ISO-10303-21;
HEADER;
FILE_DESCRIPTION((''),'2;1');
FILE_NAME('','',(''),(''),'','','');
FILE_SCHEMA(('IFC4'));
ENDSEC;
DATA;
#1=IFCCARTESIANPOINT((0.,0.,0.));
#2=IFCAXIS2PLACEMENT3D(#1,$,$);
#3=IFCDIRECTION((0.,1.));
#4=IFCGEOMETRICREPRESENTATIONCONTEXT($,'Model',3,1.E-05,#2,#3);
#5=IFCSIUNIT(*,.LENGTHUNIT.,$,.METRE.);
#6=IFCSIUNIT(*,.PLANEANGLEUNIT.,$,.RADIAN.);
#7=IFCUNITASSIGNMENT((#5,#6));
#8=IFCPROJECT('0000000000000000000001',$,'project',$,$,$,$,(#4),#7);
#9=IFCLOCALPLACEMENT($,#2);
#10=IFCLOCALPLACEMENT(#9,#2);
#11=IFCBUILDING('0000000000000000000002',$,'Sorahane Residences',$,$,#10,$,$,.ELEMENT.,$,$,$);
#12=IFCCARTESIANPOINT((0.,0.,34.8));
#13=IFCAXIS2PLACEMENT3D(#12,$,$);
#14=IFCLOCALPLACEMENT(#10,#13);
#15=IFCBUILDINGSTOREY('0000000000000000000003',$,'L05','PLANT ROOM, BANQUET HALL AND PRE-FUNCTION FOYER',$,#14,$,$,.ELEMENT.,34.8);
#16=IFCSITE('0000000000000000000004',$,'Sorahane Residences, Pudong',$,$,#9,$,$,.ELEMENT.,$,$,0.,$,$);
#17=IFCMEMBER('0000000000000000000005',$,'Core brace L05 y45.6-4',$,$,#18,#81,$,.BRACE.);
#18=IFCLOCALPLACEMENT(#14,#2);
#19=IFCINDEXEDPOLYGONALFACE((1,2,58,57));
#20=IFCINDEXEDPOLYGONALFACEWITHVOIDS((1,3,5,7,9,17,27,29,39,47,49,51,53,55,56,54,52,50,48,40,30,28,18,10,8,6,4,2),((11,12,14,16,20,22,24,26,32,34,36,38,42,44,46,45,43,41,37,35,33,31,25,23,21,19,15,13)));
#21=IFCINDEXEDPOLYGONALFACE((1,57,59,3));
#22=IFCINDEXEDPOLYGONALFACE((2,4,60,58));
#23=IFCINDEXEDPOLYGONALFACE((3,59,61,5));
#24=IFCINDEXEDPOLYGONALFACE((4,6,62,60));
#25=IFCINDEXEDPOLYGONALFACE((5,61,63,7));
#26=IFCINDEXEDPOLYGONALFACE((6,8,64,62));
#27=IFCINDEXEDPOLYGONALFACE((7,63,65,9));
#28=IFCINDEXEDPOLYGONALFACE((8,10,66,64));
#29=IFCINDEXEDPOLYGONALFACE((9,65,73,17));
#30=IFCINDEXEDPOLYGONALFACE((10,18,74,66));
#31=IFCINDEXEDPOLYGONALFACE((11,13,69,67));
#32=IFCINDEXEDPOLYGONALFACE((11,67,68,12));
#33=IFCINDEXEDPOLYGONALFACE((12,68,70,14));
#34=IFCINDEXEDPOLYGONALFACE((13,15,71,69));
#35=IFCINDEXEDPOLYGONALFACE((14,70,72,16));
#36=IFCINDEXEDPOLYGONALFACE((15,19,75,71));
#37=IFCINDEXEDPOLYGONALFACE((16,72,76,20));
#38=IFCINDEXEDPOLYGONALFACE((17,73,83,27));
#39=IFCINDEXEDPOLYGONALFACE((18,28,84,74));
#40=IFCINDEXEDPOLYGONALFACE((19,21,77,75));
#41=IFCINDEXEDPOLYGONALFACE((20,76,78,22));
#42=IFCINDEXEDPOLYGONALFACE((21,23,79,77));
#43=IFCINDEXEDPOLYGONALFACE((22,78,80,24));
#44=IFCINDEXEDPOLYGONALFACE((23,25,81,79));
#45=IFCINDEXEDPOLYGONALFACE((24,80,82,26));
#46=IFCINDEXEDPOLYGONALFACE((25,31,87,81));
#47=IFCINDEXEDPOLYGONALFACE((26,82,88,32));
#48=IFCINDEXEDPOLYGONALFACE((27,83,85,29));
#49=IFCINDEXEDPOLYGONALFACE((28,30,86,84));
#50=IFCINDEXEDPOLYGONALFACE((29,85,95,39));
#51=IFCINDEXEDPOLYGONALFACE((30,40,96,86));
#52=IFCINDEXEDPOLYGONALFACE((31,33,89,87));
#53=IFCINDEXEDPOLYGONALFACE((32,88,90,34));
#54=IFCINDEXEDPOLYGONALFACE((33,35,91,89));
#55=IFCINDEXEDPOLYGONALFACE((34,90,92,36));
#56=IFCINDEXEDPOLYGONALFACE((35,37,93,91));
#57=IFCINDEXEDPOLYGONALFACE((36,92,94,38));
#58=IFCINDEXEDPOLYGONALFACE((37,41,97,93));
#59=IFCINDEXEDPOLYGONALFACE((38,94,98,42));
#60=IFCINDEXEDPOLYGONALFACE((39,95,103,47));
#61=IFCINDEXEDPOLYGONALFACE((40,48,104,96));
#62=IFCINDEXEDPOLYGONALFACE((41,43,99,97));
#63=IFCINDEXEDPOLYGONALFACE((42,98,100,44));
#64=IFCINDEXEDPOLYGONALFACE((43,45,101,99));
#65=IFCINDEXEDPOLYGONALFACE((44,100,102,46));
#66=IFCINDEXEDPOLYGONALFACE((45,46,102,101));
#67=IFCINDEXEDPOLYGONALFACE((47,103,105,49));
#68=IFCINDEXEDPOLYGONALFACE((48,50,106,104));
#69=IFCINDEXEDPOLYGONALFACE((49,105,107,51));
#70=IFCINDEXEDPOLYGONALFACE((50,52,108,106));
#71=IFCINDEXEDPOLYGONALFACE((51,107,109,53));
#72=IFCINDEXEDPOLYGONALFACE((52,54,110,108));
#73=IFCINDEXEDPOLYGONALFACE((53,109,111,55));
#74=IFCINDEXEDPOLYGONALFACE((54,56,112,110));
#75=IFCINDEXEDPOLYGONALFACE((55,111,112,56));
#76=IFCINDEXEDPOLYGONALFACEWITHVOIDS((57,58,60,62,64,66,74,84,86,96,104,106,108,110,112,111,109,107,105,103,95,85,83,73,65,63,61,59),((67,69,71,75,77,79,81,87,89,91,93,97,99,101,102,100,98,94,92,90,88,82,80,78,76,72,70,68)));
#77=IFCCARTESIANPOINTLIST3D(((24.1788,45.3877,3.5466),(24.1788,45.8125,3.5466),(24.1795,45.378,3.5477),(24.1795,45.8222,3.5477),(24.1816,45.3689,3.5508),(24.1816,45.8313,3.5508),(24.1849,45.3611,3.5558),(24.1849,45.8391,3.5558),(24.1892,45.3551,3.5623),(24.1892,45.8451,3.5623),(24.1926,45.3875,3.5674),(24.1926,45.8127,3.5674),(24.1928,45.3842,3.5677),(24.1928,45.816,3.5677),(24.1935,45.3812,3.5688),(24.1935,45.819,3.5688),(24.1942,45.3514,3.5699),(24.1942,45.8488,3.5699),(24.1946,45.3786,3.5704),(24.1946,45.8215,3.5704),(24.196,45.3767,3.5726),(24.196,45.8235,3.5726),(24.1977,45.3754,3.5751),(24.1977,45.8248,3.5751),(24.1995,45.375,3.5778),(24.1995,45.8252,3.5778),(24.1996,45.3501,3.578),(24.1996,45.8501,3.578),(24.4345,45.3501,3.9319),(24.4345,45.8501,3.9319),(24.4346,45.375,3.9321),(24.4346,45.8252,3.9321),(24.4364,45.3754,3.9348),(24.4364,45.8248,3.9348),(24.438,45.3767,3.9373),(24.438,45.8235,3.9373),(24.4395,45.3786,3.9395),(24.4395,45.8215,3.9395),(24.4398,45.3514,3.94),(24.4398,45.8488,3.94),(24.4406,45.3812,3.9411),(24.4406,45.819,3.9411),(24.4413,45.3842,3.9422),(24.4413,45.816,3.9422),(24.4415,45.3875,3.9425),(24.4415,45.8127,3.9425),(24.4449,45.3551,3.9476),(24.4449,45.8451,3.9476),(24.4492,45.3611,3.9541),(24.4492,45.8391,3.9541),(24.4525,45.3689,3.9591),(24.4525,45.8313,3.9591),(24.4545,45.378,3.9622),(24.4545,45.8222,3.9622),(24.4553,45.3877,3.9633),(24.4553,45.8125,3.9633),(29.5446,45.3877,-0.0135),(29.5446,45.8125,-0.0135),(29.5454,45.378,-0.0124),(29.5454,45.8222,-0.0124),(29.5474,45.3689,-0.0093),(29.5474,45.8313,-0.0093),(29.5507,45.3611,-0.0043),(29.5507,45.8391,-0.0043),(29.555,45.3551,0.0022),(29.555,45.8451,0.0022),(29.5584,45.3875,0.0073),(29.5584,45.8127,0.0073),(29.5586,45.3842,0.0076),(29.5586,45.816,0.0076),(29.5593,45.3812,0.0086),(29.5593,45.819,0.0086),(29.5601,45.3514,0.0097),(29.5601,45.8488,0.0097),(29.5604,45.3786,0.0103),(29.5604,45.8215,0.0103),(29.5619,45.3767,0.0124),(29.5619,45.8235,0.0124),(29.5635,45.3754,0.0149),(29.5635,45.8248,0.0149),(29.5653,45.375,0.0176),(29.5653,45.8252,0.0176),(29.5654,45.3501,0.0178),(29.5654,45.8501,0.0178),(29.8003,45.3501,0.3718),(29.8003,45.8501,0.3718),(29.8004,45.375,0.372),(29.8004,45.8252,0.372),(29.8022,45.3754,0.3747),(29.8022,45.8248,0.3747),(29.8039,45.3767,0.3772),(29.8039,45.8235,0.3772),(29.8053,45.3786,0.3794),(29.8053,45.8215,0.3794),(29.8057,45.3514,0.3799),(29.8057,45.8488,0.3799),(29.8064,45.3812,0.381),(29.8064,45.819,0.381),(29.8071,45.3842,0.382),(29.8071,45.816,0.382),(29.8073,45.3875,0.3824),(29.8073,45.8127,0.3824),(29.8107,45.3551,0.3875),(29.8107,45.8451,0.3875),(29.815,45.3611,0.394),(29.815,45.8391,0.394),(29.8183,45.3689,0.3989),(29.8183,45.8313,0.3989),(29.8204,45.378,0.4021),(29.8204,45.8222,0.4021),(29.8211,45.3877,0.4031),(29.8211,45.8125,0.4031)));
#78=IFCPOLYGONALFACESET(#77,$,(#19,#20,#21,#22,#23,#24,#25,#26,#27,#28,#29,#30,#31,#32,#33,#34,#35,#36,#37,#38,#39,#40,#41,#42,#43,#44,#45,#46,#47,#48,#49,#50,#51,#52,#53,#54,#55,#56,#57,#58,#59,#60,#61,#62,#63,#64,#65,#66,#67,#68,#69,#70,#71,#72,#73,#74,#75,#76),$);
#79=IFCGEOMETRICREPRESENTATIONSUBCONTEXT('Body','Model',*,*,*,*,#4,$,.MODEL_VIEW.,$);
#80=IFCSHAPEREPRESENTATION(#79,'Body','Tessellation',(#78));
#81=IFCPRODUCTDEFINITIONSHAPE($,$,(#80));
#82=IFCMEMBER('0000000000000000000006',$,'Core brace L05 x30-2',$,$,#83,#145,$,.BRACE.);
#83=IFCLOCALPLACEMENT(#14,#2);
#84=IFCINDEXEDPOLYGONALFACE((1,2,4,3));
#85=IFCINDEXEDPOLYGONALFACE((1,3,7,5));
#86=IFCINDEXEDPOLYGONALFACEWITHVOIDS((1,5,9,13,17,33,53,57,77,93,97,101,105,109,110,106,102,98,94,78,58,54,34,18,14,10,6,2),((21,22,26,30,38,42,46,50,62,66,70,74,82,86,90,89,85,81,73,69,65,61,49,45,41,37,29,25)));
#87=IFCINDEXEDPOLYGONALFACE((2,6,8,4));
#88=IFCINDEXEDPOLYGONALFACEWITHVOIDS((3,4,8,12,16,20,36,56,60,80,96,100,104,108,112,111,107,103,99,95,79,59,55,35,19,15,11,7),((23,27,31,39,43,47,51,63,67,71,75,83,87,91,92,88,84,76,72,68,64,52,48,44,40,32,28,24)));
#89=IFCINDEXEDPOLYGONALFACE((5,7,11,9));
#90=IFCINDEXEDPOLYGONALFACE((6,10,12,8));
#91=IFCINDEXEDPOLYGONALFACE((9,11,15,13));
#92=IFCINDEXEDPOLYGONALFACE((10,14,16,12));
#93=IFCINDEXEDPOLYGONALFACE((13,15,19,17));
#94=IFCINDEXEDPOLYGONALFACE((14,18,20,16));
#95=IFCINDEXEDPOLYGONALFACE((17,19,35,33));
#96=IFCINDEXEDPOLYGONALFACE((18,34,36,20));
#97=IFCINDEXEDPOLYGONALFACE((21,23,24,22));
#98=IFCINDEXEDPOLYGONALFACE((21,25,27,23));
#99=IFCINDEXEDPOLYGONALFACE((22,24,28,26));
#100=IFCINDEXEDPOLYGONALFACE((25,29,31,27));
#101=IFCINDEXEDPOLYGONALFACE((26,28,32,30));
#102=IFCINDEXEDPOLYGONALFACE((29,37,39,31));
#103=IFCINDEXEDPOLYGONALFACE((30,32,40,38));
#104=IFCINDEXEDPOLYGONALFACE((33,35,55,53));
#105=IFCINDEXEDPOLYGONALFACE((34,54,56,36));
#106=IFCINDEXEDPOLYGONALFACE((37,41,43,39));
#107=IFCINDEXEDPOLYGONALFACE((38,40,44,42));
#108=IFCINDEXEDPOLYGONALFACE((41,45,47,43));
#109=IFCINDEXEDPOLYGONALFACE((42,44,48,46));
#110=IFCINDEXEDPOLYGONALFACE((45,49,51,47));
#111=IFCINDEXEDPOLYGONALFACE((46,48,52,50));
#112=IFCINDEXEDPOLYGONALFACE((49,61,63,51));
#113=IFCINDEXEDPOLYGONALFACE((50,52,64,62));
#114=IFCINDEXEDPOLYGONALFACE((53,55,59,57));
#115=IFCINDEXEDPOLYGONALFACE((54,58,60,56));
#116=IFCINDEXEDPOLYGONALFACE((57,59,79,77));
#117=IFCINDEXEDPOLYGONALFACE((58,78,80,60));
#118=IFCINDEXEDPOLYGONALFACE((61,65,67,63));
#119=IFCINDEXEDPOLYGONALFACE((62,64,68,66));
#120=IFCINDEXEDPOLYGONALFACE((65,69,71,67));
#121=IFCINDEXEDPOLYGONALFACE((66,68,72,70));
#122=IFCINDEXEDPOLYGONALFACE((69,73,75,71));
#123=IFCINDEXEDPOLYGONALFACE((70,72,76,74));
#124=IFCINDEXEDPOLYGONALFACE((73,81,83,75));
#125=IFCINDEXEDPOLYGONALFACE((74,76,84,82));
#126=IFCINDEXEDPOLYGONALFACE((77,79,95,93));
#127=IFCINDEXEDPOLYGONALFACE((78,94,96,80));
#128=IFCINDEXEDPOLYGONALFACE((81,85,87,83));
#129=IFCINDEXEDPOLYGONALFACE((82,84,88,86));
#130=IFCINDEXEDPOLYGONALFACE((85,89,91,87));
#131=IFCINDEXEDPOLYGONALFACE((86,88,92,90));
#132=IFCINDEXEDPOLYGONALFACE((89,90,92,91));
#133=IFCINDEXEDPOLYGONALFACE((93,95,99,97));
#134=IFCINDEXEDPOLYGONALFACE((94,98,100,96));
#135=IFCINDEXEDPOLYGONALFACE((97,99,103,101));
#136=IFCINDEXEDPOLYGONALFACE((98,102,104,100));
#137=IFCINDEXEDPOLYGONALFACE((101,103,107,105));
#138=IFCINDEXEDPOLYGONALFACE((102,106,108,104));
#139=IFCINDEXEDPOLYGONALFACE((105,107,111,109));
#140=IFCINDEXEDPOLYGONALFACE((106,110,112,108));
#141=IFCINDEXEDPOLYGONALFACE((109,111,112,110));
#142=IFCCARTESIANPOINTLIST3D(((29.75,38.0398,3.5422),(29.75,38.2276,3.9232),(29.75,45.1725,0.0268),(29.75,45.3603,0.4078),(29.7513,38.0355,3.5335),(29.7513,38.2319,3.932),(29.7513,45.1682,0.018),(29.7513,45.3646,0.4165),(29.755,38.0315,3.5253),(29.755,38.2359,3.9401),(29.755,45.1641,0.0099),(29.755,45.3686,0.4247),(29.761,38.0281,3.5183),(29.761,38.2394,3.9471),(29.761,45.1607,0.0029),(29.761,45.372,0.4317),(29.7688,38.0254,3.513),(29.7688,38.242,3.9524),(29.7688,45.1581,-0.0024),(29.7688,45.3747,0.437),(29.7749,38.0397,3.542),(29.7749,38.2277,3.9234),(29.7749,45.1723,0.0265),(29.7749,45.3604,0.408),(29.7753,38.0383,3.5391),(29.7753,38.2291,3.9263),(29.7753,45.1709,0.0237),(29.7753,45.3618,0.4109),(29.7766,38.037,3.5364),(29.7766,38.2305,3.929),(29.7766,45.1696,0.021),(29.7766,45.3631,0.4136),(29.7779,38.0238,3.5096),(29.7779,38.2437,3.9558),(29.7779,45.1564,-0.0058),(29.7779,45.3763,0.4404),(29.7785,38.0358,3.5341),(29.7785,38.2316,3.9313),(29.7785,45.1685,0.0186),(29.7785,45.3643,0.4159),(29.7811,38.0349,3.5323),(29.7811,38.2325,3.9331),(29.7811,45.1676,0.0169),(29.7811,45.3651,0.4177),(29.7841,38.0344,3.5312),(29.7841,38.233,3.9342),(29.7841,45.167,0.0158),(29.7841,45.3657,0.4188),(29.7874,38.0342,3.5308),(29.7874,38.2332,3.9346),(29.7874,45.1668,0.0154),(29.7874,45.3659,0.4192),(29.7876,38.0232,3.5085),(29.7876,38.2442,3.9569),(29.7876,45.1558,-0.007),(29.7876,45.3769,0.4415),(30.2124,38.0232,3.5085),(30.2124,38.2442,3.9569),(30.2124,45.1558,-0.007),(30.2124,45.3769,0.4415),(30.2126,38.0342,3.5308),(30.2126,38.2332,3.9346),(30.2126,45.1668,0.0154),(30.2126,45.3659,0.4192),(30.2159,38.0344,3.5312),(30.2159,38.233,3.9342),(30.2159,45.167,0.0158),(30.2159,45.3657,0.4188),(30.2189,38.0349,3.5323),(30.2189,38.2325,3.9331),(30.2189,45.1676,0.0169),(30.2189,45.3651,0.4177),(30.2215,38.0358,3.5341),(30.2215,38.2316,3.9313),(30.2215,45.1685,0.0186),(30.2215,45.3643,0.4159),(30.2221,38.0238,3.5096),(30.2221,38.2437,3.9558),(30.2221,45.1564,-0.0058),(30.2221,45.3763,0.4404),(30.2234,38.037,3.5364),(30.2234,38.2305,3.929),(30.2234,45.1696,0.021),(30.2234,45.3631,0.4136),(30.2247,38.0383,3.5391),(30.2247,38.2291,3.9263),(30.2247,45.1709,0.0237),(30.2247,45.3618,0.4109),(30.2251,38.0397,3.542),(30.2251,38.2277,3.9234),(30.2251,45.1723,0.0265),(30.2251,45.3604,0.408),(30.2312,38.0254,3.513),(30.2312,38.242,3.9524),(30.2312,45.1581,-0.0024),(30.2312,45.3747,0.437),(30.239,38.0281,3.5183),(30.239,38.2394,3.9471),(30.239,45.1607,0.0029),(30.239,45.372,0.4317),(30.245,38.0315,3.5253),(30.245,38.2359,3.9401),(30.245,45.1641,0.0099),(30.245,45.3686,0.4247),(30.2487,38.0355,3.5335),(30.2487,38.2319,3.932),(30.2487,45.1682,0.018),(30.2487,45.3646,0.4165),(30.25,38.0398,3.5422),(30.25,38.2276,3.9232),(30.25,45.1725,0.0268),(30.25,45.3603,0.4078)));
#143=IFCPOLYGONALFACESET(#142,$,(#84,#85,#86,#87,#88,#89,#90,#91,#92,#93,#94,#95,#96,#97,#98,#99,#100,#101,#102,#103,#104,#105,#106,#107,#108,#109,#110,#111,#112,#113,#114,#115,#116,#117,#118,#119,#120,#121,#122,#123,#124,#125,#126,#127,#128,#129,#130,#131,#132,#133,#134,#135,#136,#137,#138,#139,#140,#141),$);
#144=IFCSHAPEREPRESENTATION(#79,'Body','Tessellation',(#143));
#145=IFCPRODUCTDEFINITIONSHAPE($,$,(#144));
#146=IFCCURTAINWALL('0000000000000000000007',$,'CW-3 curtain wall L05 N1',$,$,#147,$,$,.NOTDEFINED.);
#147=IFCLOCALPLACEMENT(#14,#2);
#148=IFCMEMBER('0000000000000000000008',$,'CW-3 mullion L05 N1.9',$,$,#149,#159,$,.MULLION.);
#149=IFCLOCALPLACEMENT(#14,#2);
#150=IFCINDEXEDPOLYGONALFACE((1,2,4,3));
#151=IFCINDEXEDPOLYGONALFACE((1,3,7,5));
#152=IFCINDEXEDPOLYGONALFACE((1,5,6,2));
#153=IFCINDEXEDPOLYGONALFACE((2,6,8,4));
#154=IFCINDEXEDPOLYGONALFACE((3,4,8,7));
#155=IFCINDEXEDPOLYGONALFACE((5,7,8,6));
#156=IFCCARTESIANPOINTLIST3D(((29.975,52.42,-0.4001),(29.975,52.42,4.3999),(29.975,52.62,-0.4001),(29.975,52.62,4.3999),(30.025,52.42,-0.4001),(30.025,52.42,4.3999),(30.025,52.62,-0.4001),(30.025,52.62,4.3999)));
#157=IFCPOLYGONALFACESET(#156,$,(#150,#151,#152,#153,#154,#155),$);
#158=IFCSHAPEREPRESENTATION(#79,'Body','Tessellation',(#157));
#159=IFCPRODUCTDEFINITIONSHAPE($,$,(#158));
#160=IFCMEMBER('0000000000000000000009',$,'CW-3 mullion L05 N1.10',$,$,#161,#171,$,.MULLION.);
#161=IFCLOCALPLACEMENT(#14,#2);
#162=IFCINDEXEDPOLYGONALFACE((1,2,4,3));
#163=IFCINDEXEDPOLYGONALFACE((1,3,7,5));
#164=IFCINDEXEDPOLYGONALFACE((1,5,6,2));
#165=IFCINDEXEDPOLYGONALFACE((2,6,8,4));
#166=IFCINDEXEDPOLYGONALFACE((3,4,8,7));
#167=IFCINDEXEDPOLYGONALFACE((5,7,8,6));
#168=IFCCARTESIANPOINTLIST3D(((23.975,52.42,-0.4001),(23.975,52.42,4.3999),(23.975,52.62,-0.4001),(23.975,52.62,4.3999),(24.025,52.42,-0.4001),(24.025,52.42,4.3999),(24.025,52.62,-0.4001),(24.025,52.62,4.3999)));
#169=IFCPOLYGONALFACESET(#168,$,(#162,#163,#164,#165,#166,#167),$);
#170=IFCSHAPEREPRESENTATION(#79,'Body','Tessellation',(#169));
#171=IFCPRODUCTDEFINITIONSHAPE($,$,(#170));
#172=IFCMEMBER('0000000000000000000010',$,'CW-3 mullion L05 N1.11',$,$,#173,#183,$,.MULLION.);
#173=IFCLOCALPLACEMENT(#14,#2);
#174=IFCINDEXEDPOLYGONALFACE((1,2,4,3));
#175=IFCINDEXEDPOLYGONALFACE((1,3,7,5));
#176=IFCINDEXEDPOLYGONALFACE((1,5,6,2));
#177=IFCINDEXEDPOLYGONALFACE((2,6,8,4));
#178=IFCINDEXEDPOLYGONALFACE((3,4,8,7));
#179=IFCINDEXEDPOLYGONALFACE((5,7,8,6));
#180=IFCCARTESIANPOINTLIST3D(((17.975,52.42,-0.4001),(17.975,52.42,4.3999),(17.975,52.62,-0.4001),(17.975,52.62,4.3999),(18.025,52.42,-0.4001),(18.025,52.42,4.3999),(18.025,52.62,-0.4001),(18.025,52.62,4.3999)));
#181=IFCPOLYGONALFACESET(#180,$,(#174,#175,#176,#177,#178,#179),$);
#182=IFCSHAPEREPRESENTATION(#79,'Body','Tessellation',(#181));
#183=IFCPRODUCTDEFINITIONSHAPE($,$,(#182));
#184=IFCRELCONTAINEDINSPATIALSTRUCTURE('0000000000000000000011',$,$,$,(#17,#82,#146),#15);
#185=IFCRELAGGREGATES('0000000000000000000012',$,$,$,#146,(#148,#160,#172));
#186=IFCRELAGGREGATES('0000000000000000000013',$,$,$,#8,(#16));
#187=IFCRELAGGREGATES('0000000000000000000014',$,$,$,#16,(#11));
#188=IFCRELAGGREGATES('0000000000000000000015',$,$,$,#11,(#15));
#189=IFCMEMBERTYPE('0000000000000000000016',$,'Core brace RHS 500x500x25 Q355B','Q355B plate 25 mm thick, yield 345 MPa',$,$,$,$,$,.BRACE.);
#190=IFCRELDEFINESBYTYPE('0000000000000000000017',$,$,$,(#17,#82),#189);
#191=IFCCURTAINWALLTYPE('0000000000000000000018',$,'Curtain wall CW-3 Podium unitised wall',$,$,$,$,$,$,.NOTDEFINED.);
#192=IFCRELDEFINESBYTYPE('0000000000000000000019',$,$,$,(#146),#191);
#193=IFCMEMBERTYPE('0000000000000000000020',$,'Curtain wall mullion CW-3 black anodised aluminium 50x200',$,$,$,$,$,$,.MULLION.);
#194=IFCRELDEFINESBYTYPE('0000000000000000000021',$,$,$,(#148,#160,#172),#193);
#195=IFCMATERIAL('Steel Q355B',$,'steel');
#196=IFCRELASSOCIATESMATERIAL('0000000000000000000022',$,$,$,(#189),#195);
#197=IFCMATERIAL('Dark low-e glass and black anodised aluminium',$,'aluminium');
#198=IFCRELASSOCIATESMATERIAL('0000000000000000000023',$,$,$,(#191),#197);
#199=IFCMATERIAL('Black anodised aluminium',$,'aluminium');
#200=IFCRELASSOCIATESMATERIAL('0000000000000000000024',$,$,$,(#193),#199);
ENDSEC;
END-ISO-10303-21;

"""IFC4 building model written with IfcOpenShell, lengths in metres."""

from ifc_helpers import new_model, si_unit, direction, frame, origin, origin_2d, place, context, subcontext, project, spatial, rectangle, hollow_rectangle, extrude, material, material_profile, profile_set, type_object, element, aggregate, save


model = new_model("IFC4")

# Units and contexts
model_context = context("Model", 3, precision=1e-05, world=origin(), true_north=direction((0.0, 1.0)))
body_context = subcontext(model_context, "Body", "Model", "MODEL_VIEW")
ifc_project = project(units=[si_unit("LENGTHUNIT", "METRE"), si_unit("PLANEANGLEUNIT", "RADIAN")], contexts=[model_context])

# Site, building, storey
site_placement = place(None, origin())
site = spatial("IfcSite", under=ifc_project, at=site_placement, Name="Sorahane Residences, Pudong", CompositionType="ELEMENT", RefElevation=0.0)
building_placement = place(site_placement, origin())
building = spatial("IfcBuilding", under=site, at=building_placement, Name="Sorahane Residences", CompositionType="ELEMENT")
storey_placement = place(building_placement, frame((0.0, 0.0, 34.8)))
storey = spatial("IfcBuildingStorey", under=building, at=storey_placement, Name="L05", Description="PLANT ROOM, BANQUET HALL AND PRE-FUNCTION FOYER", CompositionType="ELEMENT", Elevation=34.8)

# Members
ifc_material_1 = material(Name="Steel Q355B", Category="steel")
ifc_material_profile_1 = material_profile(ifc_material_1, hollow_rectangle(XDim=0.5, YDim=0.5, WallThickness=0.0249, InnerFilletRadius=0.0125, OuterFilletRadius=0.0376, at=origin_2d()), Name="RHS 500x500x25")
ifc_profile_set_1 = profile_set([ifc_material_profile_1], Name="Steel Q355B")
member_type_1 = type_object("IfcMemberType", Name="Core brace RHS 500x500x25 Q355B", Description="Q355B plate 25 mm thick, yield 345 MPa", PredefinedType="BRACE", material=ifc_profile_set_1)
for number, where, z_axis, x_axis, name in (
    (1, (29.6829, 45.6001, 0.1948), (-0.833273, 0.0, 0.552861), (0.0, -1.0, 0.0), "Core brace L05 y45.6-4"),
):
    element("IfcMember", number, at=place(storey_placement, frame(where, z_axis=z_axis, x_axis=x_axis)), inside=storey, type_object=member_type_1, Name=name, PredefinedType="BRACE", context=body_context, shape_type="SweptSolid", body=[
        extrude(hollow_rectangle(XDim=0.5, YDim=0.5, WallThickness=0.0249, InnerFilletRadius=0.0125, OuterFilletRadius=0.0376, at=origin_2d()), origin(), (0.0, 0.0, 1.0), 6.4395),
    ])
member_1_placement = place(storey_placement, frame((30.0, 45.2664, 0.2173), z_axis=(0.0, -0.896973, 0.442085), x_axis=(1.0, 0.0, 0.0)))
element("IfcMember", 2, at=member_1_placement, inside=storey, type_object=member_type_1, Name="Core brace L05 x30-2", PredefinedType="BRACE", context=body_context, shape_type="SweptSolid", body=[
    extrude(hollow_rectangle(XDim=0.5, YDim=0.5, WallThickness=0.0249, InnerFilletRadius=0.0125, OuterFilletRadius=0.0376, at=origin_2d()), origin(), (0.0, 0.0, 1.0), 7.9519),
])

# Curtain wall, members
ifc_material_2 = material(Name="Dark low-e glass and black anodised aluminium", Category="aluminium")
curtain_wall_type = type_object("IfcCurtainWallType", Name="Curtain wall CW-3 Podium unitised wall", PredefinedType="NOTDEFINED", material=ifc_material_2)
curtain_wall_placement = place(storey_placement, origin())
curtain_wall = element("IfcCurtainWall", 3, at=curtain_wall_placement, inside=storey, type_object=curtain_wall_type, Name="CW-3 curtain wall L05 N1", PredefinedType="NOTDEFINED")
ifc_material_3 = material(Name="Black anodised aluminium", Category="aluminium")
ifc_material_profile_2 = material_profile(ifc_material_3, rectangle(XDim=0.2, YDim=0.05, at=origin_2d()), Name="Curtain wall mullion CW-3 black anodised aluminium 50x200")
ifc_profile_set_2 = profile_set([ifc_material_profile_2], Name="Black anodised aluminium")
member_type_2 = type_object("IfcMemberType", Name="Curtain wall mullion CW-3 black anodised aluminium 50x200", PredefinedType="MULLION", material=ifc_profile_set_2)
member_2_placement = place(storey_placement, frame((30.0, 52.52, -0.4001), z_axis=(0.0, 0.0, 1.0), x_axis=(0.0, 1.0, 0.0)))
member_2 = element("IfcMember", 4, at=member_2_placement, type_object=member_type_2, Name="CW-3 mullion L05 N1.9", PredefinedType="MULLION", context=body_context, shape_type="SweptSolid", body=[
    extrude(rectangle(XDim=0.2, YDim=0.05, at=origin_2d()), origin(), (0.0, 0.0, 1.0), 4.8),
])
member_3_placement = place(storey_placement, frame((24.0, 52.52, -0.4001), z_axis=(0.0, 0.0, 1.0), x_axis=(0.0, 1.0, 0.0)))
member_3 = element("IfcMember", 5, at=member_3_placement, type_object=member_type_2, Name="CW-3 mullion L05 N1.10", PredefinedType="MULLION", context=body_context, shape_type="SweptSolid", body=[
    extrude(rectangle(XDim=0.2, YDim=0.05, at=origin_2d()), origin(), (0.0, 0.0, 1.0), 4.8),
])
member_4_placement = place(storey_placement, frame((18.0, 52.52, -0.4001), z_axis=(0.0, 0.0, 1.0), x_axis=(0.0, 1.0, 0.0)))
member_4 = element("IfcMember", 6, at=member_4_placement, type_object=member_type_2, Name="CW-3 mullion L05 N1.11", PredefinedType="MULLION", context=body_context, shape_type="SweptSolid", body=[
    extrude(rectangle(XDim=0.2, YDim=0.05, at=origin_2d()), origin(), (0.0, 0.0, 1.0), 4.8),
])

aggregate(curtain_wall, [member_2, member_3, member_4])

save(model, "model.ifc")
